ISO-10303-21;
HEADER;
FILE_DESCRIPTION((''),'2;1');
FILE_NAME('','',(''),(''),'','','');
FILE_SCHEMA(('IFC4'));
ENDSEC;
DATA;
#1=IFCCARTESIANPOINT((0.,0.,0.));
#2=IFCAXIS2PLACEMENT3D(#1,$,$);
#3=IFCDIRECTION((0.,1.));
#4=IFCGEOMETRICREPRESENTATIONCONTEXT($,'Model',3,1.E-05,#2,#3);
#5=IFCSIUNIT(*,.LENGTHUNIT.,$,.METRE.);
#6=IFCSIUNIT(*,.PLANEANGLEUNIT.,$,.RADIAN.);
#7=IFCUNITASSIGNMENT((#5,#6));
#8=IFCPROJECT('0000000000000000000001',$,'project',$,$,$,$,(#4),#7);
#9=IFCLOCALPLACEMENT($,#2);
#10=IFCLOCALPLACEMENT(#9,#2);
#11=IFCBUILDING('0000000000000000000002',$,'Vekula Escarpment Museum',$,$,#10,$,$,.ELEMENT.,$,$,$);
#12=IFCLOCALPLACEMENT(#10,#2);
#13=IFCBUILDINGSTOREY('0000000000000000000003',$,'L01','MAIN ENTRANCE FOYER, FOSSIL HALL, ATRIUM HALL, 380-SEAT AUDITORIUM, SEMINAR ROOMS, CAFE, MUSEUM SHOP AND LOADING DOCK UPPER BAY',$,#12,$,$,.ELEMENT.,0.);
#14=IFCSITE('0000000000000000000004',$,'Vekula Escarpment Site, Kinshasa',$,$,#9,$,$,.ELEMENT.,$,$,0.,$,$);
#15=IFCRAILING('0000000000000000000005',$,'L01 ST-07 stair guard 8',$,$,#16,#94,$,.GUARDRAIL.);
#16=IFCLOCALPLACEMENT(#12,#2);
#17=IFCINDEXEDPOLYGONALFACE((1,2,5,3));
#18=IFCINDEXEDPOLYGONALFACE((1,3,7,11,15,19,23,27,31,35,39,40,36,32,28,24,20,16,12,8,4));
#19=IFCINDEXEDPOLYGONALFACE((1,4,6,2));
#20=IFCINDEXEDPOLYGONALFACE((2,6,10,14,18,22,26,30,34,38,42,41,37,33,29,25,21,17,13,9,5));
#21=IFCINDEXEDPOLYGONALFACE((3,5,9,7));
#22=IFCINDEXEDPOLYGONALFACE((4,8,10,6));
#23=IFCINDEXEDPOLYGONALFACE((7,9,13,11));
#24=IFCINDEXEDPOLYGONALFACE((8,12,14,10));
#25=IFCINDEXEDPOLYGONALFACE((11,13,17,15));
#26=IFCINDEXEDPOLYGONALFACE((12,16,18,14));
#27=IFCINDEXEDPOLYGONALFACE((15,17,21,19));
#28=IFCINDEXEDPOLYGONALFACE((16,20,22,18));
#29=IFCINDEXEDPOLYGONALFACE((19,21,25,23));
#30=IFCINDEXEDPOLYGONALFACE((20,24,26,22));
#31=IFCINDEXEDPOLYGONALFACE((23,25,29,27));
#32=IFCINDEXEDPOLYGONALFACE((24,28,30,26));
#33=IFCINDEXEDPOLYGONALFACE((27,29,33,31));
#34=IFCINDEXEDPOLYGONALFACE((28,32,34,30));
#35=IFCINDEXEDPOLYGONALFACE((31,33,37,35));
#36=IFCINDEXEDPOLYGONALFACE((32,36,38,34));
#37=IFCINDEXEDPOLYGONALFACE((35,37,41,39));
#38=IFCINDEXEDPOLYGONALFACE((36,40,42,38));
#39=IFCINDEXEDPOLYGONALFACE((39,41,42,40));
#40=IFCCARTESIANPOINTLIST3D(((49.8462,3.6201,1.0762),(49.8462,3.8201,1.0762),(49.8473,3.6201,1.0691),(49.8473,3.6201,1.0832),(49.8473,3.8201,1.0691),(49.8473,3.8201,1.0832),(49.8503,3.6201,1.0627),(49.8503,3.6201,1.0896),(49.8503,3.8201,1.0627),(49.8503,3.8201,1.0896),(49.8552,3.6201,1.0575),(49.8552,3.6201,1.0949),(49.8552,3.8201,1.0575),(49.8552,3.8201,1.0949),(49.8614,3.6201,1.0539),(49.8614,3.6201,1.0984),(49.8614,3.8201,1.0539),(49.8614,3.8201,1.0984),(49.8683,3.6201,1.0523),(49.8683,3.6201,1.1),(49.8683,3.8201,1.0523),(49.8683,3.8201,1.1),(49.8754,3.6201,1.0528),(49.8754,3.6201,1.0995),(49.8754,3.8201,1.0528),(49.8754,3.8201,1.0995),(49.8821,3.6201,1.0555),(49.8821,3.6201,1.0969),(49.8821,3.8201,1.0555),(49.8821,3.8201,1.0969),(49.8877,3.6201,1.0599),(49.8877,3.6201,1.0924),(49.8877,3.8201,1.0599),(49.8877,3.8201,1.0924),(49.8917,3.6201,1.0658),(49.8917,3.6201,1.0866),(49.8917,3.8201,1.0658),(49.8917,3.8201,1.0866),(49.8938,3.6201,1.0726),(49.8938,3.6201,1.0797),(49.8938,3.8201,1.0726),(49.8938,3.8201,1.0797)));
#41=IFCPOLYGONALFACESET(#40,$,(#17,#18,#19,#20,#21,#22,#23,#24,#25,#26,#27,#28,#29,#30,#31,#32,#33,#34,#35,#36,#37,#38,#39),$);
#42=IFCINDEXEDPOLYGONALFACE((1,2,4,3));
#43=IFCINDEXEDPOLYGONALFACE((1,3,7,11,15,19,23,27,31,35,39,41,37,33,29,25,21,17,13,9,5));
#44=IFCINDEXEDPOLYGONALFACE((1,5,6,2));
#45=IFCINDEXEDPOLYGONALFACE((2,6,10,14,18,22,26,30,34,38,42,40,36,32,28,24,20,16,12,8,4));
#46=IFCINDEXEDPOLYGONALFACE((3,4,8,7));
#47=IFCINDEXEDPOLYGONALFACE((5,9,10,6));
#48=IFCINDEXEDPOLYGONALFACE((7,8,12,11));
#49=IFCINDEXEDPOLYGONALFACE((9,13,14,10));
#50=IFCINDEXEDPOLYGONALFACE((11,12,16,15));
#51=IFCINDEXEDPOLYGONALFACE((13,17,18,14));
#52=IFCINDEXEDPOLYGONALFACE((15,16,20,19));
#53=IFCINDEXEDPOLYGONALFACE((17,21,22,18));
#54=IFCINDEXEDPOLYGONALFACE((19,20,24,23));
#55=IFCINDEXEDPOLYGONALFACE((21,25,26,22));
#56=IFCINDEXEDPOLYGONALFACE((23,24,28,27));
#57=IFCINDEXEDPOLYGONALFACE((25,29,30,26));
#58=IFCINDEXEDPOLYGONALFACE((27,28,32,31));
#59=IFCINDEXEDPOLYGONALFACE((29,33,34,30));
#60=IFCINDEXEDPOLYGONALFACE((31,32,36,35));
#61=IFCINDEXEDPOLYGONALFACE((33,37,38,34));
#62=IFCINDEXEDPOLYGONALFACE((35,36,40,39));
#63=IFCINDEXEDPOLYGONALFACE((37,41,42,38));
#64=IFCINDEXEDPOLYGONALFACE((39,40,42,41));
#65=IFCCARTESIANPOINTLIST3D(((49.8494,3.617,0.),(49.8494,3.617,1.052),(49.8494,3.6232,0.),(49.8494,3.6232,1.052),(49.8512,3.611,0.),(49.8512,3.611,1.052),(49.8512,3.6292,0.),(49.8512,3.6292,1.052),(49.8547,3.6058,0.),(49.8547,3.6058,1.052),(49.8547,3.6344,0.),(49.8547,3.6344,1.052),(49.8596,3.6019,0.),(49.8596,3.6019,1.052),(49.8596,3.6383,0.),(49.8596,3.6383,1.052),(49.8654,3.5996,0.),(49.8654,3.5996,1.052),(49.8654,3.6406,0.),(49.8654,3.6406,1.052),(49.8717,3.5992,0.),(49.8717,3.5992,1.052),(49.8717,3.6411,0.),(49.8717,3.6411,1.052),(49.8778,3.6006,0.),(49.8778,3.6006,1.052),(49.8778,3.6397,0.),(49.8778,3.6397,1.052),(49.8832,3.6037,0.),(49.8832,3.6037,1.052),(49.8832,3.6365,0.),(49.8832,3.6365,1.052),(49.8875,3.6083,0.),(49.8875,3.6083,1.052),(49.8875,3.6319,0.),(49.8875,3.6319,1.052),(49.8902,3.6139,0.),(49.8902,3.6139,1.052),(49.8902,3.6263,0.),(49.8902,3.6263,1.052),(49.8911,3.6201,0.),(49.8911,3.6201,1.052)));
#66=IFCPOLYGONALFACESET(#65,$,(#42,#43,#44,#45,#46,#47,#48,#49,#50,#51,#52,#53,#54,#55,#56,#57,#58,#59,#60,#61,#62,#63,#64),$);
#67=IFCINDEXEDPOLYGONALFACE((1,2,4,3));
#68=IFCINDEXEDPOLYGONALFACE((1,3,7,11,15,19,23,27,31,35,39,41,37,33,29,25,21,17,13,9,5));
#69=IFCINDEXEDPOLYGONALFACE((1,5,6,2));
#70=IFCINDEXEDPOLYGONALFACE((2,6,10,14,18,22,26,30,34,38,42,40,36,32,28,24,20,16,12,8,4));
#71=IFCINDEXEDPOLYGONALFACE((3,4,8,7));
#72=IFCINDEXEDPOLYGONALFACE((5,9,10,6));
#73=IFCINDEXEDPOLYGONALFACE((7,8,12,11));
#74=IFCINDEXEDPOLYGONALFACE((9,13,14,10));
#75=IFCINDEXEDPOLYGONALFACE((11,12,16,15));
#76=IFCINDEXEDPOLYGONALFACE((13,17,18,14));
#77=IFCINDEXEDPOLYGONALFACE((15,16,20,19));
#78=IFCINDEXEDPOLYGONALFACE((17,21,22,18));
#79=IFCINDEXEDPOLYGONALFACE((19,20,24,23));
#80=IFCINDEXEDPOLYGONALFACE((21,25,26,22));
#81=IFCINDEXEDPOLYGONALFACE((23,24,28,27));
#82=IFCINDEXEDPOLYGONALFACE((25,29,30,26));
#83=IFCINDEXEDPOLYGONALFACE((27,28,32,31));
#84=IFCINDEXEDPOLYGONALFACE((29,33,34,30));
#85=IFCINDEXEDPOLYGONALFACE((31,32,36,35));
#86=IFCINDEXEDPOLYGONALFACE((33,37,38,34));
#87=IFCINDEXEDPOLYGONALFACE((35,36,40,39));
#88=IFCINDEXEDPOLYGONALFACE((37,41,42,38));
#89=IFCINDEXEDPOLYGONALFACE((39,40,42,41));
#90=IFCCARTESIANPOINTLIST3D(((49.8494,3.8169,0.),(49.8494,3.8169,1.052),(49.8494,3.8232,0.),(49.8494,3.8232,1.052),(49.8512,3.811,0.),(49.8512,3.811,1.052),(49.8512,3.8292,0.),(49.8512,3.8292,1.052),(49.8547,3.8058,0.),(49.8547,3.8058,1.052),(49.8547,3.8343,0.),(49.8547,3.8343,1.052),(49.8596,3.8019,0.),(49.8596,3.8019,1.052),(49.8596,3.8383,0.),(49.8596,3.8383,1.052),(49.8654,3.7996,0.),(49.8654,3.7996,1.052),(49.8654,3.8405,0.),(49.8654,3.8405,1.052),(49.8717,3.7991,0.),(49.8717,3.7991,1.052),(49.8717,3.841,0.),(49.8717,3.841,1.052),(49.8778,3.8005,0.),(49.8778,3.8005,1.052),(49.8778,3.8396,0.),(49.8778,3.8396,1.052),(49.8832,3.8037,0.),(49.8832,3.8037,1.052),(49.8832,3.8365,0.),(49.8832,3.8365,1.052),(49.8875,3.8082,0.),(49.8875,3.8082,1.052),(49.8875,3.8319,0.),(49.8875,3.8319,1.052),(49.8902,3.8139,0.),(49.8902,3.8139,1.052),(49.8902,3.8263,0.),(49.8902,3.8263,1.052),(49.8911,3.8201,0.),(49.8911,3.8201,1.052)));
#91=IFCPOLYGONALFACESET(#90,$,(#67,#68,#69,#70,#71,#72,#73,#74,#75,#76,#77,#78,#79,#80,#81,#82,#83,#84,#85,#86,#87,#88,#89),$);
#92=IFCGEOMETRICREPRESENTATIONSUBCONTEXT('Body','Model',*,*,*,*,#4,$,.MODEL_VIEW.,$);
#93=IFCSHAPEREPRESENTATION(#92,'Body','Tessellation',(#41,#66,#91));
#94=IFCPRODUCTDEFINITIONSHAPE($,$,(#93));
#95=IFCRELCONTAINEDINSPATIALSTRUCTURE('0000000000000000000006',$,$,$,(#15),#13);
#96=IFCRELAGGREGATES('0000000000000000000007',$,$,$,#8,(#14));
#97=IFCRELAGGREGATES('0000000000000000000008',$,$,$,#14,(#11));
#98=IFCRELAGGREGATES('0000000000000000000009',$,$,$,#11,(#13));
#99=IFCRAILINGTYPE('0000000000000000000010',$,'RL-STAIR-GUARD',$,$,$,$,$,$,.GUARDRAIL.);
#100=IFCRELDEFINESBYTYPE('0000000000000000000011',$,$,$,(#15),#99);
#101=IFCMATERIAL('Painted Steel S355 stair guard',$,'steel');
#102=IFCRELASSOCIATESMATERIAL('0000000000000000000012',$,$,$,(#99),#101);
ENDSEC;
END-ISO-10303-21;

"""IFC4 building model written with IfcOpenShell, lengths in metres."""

from ifc_helpers import new_model, si_unit, direction, frame, origin, origin_2d, place, context, subcontext, project, spatial, circle, extrude, material, type_object, element, save


model = new_model("IFC4")

# Units and contexts
model_context = context("Model", 3, precision=1e-05, world=origin(), true_north=direction((0.0, 1.0)))
body_context = subcontext(model_context, "Body", "Model", "MODEL_VIEW")
ifc_project = project(units=[si_unit("LENGTHUNIT", "METRE"), si_unit("PLANEANGLEUNIT", "RADIAN")], contexts=[model_context])

# Site, building, storey
site_placement = place(None, origin())
site = spatial("IfcSite", under=ifc_project, at=site_placement, Name="Vekula Escarpment Site, Kinshasa", CompositionType="ELEMENT", RefElevation=0.0)
building_placement = place(site_placement, origin())
building = spatial("IfcBuilding", under=site, at=building_placement, Name="Vekula Escarpment Museum", CompositionType="ELEMENT")
storey_placement = place(building_placement, origin())
storey = spatial("IfcBuildingStorey", under=building, at=storey_placement, Name="L01", Description="MAIN ENTRANCE FOYER, FOSSIL HALL, ATRIUM HALL, 380-SEAT AUDITORIUM, SEMINAR ROOMS, CAFE, MUSEUM SHOP AND LOADING DOCK UPPER BAY", CompositionType="ELEMENT", Elevation=0.0)

# Railing
ifc_material_1 = material(Name="Painted Steel S355 stair guard", Category="steel")
railing_type_1 = type_object("IfcRailingType", Name="RL-STAIR-GUARD", PredefinedType="GUARDRAIL", material=ifc_material_1)
railing_1_placement = place(storey_placement, frame((49.8701, 3.6201, 0.0)))
element("IfcRailing", 1, at=railing_1_placement, inside=storey, type_object=railing_type_1, Name="L01 ST-07 stair guard 8", PredefinedType="GUARDRAIL", context=body_context, shape_type="SweptSolid", body=[
    extrude(circle(Radius=0.0239, at=origin_2d()), frame((0.0, 0.0, 1.0762), z_axis=(0.0, 1.0, 0.0), x_axis=(-1.0, 0.0, 0.0)), (0.0, 0.0, 1.0), 0.2),
    extrude(circle(Radius=0.021, at=origin_2d()), origin(), (0.0, 0.0, 1.0), 1.052),
    extrude(circle(Radius=0.021, at=origin_2d()), frame((0.0, 0.2, 0.0)), (0.0, 0.0, 1.0), 1.052),
])

save(model, "model.ifc")
